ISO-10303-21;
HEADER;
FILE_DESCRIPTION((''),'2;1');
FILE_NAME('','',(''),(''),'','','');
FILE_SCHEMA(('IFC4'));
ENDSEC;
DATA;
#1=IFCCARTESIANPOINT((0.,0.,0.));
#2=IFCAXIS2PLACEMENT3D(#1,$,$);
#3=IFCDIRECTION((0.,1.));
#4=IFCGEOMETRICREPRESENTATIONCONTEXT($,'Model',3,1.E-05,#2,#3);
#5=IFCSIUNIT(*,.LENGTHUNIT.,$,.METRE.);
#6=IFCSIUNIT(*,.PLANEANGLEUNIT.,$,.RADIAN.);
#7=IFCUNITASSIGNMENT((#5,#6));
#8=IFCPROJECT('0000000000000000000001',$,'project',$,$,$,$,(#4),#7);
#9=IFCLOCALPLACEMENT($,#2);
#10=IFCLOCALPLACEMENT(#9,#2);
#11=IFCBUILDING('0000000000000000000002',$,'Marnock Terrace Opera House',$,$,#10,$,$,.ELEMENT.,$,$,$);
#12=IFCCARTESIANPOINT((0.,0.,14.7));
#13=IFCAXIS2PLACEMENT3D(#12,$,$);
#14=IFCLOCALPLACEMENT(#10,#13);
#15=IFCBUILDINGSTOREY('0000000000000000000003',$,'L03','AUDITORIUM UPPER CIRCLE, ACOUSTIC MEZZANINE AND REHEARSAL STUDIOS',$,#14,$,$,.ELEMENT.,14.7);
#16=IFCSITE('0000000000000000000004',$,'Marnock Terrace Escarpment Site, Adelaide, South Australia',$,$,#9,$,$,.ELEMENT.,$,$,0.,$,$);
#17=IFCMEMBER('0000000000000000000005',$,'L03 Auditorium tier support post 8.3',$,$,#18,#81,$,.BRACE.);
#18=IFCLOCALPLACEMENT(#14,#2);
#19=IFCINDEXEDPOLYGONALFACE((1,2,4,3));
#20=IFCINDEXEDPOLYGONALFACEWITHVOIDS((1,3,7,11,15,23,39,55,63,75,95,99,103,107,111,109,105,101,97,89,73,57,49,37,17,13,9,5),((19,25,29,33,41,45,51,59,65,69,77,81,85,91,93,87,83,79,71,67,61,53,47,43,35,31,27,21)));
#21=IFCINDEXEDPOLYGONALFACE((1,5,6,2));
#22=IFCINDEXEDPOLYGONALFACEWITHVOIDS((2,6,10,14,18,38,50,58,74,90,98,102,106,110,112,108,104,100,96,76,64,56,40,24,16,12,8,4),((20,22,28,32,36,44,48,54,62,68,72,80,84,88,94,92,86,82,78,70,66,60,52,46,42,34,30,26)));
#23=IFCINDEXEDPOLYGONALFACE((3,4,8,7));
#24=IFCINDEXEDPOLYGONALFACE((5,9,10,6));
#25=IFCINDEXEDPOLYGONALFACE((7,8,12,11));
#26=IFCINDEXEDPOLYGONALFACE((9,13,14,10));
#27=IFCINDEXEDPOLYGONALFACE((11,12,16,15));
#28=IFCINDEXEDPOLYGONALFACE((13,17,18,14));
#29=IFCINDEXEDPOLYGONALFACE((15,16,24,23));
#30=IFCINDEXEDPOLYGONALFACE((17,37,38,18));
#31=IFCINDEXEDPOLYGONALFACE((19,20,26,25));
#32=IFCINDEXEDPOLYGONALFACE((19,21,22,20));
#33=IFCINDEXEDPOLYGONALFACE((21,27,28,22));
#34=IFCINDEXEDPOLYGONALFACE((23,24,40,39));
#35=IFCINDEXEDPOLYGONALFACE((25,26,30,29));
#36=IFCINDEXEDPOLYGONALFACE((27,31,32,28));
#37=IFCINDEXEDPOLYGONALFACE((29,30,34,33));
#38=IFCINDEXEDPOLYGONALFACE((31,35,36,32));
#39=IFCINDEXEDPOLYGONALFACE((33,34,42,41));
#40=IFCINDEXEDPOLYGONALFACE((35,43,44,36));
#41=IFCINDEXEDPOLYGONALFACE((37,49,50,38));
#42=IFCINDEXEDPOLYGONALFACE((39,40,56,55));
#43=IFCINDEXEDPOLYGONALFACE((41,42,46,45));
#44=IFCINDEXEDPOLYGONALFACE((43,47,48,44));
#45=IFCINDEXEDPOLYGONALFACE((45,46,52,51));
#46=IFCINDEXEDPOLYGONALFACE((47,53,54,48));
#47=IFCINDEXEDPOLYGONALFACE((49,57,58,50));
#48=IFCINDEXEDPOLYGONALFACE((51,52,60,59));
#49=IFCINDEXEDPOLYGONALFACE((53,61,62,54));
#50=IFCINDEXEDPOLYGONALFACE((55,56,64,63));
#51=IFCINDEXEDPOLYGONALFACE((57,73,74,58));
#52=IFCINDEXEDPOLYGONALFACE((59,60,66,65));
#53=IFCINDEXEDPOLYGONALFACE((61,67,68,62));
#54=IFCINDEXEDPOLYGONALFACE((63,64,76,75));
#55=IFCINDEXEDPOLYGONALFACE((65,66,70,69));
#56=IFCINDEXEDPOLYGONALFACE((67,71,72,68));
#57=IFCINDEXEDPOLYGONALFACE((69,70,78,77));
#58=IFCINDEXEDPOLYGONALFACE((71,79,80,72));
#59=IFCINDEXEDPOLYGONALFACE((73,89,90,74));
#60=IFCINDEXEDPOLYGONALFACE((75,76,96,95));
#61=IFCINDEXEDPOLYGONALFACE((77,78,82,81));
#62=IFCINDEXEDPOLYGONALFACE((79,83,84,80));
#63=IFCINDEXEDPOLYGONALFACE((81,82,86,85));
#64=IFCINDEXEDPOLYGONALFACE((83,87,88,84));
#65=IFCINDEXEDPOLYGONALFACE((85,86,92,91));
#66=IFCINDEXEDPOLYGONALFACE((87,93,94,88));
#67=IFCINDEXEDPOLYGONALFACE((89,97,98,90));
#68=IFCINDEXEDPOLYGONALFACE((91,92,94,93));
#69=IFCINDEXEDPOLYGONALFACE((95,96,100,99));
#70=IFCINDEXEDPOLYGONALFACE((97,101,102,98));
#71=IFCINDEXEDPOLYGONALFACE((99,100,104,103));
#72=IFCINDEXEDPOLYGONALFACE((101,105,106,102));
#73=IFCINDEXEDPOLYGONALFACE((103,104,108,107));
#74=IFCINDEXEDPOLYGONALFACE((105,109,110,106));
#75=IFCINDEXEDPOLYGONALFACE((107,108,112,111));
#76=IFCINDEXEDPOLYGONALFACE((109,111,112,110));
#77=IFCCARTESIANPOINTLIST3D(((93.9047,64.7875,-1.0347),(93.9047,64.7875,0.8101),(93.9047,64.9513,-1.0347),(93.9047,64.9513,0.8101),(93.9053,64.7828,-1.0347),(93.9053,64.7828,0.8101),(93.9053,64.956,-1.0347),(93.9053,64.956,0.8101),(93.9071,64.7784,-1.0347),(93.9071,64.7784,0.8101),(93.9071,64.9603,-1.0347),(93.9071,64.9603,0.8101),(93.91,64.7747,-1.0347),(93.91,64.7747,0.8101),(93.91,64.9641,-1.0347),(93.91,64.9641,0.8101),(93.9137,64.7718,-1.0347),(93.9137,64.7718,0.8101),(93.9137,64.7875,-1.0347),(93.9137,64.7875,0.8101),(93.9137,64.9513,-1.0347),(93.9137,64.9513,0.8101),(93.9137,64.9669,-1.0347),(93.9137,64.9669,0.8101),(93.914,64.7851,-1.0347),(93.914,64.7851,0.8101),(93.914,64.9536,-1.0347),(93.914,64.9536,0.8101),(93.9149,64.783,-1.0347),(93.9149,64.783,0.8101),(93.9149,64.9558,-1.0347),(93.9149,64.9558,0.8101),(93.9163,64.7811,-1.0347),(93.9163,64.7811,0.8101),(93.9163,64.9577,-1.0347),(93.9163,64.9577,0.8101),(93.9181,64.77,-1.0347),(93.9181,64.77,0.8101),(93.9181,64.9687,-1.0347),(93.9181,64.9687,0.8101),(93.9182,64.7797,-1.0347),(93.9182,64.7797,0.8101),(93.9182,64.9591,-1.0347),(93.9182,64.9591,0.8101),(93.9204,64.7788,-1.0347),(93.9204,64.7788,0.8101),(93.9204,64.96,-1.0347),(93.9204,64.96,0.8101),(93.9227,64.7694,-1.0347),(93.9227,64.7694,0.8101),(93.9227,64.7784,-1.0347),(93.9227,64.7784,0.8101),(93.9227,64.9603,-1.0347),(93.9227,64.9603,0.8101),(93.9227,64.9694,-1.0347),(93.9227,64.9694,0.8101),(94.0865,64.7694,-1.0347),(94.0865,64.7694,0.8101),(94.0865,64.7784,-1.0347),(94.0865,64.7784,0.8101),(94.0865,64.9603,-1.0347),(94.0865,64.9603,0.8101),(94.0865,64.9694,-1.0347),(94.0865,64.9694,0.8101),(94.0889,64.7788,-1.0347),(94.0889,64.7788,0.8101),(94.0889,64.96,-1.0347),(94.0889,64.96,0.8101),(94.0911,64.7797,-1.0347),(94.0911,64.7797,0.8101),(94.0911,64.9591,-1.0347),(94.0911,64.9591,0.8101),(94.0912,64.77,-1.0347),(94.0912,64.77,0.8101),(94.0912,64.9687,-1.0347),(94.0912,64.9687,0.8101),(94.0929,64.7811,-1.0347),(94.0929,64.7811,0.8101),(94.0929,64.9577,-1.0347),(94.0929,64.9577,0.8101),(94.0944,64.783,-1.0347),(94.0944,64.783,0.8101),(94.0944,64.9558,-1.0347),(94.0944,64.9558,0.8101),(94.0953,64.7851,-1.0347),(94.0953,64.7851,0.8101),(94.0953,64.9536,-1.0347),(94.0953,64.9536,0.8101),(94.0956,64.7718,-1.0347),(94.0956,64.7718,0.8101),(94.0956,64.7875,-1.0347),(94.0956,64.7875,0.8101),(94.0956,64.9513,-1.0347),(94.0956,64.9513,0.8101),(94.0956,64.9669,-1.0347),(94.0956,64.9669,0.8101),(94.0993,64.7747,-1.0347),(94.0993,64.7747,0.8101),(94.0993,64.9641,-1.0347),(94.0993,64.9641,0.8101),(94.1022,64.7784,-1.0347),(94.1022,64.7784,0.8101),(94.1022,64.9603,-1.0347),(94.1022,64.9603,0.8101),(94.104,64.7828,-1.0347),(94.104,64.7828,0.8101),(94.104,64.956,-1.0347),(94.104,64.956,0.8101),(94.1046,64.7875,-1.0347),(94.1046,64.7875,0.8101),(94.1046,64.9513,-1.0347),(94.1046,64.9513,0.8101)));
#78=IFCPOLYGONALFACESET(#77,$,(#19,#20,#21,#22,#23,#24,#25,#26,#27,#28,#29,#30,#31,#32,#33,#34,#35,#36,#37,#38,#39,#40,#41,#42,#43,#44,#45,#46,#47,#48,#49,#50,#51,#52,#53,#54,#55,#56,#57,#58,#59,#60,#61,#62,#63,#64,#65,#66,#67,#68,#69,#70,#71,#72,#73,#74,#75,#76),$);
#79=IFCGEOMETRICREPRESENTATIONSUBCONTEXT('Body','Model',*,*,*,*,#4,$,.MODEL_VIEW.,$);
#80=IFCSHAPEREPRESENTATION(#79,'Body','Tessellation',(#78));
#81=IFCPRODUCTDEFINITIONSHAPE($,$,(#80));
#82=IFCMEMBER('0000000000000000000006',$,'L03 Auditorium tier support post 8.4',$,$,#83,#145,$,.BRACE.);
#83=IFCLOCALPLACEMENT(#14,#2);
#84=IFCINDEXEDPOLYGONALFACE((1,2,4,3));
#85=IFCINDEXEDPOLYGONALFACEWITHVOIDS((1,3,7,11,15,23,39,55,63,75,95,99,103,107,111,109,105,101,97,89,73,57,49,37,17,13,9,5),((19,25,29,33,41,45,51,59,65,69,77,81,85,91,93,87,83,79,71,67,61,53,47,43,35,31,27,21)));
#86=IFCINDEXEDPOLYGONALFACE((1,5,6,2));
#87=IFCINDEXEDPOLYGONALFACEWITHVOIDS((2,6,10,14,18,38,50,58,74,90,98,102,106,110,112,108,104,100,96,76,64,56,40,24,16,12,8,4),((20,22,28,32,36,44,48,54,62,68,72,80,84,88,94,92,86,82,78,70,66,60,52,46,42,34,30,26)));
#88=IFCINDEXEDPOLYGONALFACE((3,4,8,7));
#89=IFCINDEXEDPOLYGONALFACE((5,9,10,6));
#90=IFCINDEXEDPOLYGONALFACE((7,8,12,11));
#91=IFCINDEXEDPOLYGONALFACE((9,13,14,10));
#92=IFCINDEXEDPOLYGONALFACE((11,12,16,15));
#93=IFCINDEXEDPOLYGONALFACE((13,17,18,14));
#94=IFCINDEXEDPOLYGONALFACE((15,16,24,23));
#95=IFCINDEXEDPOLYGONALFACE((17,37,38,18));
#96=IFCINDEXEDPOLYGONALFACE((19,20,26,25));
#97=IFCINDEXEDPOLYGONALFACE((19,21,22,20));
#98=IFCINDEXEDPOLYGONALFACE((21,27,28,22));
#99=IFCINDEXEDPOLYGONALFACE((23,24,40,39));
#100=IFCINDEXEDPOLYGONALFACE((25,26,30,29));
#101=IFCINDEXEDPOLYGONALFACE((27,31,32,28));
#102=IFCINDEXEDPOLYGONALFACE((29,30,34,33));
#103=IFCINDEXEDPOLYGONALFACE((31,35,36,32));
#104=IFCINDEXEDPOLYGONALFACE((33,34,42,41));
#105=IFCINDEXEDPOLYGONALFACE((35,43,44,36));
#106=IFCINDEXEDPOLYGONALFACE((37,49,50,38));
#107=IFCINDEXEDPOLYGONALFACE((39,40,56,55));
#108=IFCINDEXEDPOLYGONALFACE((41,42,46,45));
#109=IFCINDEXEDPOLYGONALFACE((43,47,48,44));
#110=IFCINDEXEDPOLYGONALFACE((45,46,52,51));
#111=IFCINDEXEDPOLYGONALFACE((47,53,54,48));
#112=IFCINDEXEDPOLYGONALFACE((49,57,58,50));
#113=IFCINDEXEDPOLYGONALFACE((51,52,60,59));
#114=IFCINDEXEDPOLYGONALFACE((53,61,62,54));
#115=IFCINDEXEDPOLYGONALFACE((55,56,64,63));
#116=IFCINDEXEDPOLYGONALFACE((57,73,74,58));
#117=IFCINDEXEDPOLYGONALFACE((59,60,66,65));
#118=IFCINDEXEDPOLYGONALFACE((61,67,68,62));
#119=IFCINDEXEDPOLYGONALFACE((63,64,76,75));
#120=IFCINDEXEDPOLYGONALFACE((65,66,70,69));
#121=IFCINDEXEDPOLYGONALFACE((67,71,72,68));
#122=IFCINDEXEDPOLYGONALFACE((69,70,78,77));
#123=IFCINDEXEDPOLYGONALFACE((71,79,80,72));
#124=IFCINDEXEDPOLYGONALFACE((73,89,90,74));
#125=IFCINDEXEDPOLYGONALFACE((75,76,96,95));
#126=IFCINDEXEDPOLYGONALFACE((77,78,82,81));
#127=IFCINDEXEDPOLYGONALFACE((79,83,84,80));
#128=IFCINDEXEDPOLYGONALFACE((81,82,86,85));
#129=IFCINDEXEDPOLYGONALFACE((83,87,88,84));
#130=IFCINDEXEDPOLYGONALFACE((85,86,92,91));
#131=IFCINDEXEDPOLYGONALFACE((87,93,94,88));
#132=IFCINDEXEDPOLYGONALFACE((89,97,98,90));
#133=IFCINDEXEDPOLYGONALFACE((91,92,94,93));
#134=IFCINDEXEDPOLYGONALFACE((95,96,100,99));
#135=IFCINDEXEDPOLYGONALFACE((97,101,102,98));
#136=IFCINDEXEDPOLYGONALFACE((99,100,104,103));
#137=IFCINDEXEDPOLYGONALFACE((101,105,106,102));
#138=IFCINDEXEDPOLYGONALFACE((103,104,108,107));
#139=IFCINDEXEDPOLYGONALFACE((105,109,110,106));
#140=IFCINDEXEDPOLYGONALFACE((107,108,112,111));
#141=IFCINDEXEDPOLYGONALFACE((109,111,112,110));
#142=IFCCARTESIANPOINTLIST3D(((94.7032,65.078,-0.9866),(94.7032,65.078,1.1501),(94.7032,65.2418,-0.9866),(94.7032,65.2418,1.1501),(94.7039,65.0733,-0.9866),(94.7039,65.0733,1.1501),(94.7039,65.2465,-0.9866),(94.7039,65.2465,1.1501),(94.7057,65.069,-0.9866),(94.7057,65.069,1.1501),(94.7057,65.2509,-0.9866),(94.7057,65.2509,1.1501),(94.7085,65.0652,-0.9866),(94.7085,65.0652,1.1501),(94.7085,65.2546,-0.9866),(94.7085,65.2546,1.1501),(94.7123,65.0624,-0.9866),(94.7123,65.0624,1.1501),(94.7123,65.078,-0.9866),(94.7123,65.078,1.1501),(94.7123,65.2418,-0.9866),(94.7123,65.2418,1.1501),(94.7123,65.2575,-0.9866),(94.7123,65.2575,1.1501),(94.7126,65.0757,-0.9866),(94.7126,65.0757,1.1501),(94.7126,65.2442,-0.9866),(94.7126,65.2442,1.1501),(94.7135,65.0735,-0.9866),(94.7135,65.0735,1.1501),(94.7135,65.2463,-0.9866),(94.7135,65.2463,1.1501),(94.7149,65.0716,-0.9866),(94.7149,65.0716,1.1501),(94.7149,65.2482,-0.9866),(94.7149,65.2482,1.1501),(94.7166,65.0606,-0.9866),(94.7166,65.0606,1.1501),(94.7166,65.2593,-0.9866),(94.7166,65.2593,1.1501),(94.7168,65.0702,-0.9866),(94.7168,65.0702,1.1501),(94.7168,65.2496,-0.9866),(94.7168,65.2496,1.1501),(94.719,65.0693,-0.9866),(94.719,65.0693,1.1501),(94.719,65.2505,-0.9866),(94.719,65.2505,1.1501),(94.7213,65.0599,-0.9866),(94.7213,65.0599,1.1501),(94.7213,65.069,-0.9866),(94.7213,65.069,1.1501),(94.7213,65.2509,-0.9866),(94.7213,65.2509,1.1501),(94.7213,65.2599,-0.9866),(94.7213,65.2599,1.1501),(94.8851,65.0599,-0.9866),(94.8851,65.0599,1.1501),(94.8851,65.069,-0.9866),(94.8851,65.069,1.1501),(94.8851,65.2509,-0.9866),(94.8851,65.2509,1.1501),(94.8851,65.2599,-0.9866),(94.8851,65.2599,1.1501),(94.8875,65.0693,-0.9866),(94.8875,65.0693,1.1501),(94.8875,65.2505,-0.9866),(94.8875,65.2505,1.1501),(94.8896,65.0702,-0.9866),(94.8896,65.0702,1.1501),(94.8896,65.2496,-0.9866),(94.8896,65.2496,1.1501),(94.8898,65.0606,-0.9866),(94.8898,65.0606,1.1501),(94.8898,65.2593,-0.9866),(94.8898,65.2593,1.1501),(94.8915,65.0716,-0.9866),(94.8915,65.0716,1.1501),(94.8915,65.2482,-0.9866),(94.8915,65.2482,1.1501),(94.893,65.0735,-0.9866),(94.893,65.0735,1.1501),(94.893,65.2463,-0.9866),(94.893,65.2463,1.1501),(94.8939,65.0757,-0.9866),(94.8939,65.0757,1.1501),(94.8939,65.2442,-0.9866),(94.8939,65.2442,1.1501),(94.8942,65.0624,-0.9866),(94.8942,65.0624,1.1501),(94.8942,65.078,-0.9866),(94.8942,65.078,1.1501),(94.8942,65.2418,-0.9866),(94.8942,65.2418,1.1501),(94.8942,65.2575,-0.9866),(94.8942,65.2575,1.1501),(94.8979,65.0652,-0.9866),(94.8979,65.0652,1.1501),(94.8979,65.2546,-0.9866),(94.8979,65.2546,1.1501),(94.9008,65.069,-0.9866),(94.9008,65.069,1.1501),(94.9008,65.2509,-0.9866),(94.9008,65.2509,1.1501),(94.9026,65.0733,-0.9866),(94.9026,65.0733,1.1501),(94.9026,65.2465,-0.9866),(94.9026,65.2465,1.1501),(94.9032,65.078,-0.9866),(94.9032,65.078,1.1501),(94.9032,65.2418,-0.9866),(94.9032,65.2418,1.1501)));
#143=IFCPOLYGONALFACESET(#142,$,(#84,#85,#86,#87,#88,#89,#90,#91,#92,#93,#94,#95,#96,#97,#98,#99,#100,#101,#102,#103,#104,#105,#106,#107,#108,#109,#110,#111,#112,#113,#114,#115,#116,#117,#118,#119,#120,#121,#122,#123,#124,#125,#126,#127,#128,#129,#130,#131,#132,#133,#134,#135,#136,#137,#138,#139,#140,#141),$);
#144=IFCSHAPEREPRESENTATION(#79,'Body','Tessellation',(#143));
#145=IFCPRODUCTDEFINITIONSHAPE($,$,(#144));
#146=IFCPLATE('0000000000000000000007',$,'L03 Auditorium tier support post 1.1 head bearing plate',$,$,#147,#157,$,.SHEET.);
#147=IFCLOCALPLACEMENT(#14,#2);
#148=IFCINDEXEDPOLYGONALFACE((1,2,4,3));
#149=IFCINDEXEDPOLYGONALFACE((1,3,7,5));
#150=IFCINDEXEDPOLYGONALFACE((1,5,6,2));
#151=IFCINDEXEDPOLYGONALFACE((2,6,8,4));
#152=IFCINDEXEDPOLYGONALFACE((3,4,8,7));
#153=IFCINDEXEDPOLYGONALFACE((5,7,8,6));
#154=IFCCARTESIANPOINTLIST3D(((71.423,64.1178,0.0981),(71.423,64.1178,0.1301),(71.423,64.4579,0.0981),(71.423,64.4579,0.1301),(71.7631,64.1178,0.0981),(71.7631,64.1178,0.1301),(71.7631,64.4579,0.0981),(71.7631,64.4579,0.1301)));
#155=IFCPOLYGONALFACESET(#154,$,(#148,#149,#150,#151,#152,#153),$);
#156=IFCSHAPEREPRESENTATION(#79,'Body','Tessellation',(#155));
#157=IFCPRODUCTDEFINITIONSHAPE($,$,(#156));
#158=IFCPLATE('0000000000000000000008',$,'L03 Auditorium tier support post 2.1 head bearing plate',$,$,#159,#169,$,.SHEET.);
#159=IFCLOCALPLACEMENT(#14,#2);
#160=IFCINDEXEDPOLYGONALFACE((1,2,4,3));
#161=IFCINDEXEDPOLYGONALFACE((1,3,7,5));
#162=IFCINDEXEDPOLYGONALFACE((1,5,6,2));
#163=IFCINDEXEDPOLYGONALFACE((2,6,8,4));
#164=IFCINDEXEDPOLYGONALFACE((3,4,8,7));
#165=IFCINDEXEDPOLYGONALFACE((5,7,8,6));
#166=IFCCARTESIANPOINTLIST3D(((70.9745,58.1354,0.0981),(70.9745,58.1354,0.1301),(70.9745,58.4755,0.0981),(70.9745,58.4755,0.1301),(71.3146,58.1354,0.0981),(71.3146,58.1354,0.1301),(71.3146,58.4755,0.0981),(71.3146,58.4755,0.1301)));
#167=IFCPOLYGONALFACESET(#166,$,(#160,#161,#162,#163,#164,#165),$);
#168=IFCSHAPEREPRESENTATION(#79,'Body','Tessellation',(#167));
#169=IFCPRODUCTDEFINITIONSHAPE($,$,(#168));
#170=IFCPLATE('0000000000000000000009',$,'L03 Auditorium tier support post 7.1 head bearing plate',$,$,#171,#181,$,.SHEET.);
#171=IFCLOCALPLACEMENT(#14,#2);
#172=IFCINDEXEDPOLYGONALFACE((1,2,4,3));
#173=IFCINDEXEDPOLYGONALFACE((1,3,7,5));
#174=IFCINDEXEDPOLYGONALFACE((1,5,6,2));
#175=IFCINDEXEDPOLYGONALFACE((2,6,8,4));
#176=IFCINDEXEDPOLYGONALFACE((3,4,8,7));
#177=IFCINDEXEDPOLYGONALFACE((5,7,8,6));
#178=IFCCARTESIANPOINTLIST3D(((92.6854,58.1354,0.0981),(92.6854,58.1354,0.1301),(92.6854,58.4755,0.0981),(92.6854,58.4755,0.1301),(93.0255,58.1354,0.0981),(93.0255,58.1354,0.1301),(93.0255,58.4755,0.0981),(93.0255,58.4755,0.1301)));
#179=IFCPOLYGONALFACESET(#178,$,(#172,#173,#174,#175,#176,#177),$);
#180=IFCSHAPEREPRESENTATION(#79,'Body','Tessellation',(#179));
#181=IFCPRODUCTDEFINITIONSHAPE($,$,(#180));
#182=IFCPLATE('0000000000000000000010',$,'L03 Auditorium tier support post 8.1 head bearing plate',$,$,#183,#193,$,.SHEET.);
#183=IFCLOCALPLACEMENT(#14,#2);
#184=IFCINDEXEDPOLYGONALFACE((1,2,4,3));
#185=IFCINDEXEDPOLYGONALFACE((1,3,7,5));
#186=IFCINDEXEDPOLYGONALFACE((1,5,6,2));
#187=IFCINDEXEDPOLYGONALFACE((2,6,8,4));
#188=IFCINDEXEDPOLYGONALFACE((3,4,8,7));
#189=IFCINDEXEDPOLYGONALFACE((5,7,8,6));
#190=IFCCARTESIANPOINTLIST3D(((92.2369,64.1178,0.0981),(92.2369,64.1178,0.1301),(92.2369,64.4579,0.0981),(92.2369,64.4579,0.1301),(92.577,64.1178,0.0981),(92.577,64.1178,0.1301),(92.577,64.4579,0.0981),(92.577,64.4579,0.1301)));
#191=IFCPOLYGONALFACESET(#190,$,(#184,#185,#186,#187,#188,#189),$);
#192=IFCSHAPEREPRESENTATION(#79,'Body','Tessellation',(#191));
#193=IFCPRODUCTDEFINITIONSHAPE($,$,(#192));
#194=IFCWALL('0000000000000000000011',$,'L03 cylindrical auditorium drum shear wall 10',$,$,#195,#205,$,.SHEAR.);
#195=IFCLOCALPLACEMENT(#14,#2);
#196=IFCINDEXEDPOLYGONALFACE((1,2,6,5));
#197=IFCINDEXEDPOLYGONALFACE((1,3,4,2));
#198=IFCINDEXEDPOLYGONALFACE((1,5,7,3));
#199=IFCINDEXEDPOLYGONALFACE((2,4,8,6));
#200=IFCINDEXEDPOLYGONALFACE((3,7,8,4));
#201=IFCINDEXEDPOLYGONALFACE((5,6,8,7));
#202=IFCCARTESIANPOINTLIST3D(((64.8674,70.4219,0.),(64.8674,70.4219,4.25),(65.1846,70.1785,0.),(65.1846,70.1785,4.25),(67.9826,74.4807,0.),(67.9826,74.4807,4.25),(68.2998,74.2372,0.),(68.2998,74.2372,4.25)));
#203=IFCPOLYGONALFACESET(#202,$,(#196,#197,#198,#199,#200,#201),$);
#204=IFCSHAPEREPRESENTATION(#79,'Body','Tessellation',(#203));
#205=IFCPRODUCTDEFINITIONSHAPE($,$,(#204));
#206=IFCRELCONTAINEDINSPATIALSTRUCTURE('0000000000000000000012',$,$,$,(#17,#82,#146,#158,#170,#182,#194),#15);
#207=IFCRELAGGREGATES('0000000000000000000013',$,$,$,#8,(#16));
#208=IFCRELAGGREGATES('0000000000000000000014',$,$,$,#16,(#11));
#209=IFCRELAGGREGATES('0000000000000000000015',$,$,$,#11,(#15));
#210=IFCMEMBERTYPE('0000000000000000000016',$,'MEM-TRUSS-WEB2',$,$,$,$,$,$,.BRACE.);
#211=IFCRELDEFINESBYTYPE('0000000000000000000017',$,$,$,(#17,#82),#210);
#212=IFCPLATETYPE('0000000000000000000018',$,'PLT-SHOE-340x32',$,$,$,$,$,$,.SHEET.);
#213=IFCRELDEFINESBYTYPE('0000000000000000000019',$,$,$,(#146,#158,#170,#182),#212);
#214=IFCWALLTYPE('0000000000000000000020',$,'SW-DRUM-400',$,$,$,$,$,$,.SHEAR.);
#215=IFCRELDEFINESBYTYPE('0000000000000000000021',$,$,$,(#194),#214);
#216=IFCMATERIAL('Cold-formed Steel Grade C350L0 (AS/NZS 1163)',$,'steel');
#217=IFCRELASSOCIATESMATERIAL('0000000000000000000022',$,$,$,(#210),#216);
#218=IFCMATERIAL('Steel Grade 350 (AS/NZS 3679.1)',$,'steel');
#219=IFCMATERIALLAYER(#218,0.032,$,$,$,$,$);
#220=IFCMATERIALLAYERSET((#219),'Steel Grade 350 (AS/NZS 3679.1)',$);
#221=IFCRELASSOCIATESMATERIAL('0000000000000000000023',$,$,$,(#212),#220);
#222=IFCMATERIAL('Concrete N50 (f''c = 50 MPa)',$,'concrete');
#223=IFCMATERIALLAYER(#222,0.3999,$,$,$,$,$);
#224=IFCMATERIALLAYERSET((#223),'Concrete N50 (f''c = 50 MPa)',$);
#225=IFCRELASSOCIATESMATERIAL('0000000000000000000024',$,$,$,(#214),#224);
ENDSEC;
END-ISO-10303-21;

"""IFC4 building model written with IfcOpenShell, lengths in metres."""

from ifc_helpers import new_model, si_unit, direction, frame, frame_2d, origin, origin_2d, place, context, subcontext, project, spatial, rectangle, hollow_rectangle, extrude, material, layer, layer_set, material_profile, profile_set, type_object, element, save


model = new_model("IFC4")

# Units and contexts
model_context = context("Model", 3, precision=1e-05, world=origin(), true_north=direction((0.0, 1.0)))
body_context = subcontext(model_context, "Body", "Model", "MODEL_VIEW")
ifc_project = project(units=[si_unit("LENGTHUNIT", "METRE"), si_unit("PLANEANGLEUNIT", "RADIAN")], contexts=[model_context])

# Site, building, storey
site_placement = place(None, origin())
site = spatial("IfcSite", under=ifc_project, at=site_placement, Name="Marnock Terrace Escarpment Site, Adelaide, South Australia", CompositionType="ELEMENT", RefElevation=0.0)
building_placement = place(site_placement, origin())
building = spatial("IfcBuilding", under=site, at=building_placement, Name="Marnock Terrace Opera House", CompositionType="ELEMENT")
storey_placement = place(building_placement, frame((0.0, 0.0, 14.7)))
storey = spatial("IfcBuildingStorey", under=building, at=storey_placement, Name="L03", Description="AUDITORIUM UPPER CIRCLE, ACOUSTIC MEZZANINE AND REHEARSAL STUDIOS", CompositionType="ELEMENT", Elevation=14.7)

# Shared definitions
ifc_material_1 = material(Name="Concrete N50 (f'c = 50 MPa)", Category="concrete")
ifc_material_2 = material(Name="Steel Grade 350 (AS/NZS 3679.1)", Category="steel")

# Members
ifc_material_3 = material(Name="Cold-formed Steel Grade C350L0 (AS/NZS 1163)", Category="steel")
ifc_material_profile_1 = material_profile(ifc_material_3, hollow_rectangle(XDim=0.2, YDim=0.2, WallThickness=0.009, InnerFilletRadius=0.009, OuterFilletRadius=0.0181, at=origin_2d()))
ifc_profile_set_1 = profile_set([ifc_material_profile_1], Name="Cold-formed Steel Grade C350L0 (AS/NZS 1163)")
member_type = type_object("IfcMemberType", Name="MEM-TRUSS-WEB2", PredefinedType="BRACE", material=ifc_profile_set_1)
member_1_placement = place(storey_placement, frame((94.0046, 64.8694, -1.0347), z_axis=(0.0, 0.0, 1.0), x_axis=(1.0, 0.0, 0.0)))
element("IfcMember", 1, at=member_1_placement, inside=storey, type_object=member_type, Name="L03 Auditorium tier support post 8.3", PredefinedType="BRACE", context=body_context, shape_type="SweptSolid", body=[
    extrude(hollow_rectangle(XDim=0.2, YDim=0.2, WallThickness=0.009, InnerFilletRadius=0.009, OuterFilletRadius=0.0181, at=origin_2d()), origin(), (0.0, 0.0, 1.0), 1.8447),
])
member_2_placement = place(storey_placement, frame((94.8032, 65.1599, -0.9866), z_axis=(0.0, 0.0, 1.0), x_axis=(1.0, 0.0, 0.0)))
element("IfcMember", 2, at=member_2_placement, inside=storey, type_object=member_type, Name="L03 Auditorium tier support post 8.4", PredefinedType="BRACE", context=body_context, shape_type="SweptSolid", body=[
    extrude(hollow_rectangle(XDim=0.2, YDim=0.2, WallThickness=0.009, InnerFilletRadius=0.009, OuterFilletRadius=0.0181, at=origin_2d()), origin(), (0.0, 0.0, 1.0), 2.1367),
])

# Plates
ifc_layer_1 = layer(ifc_material_2, 0.032)
ifc_layer_set_1 = layer_set([ifc_layer_1], Name="Steel Grade 350 (AS/NZS 3679.1)")
plate_type = type_object("IfcPlateType", Name="PLT-SHOE-340x32", PredefinedType="SHEET", material=ifc_layer_set_1)
for number, where, z_axis, x_axis, name in (
    (3, (71.593, 64.2878, 0.0981), (0.0, 0.0, 1.0), (1.0, 0.0, 0.0), "L03 Auditorium tier support post 1.1 head bearing plate"),
    (4, (71.1445, 58.3054, 0.0981), (0.0, 0.0, 1.0), (1.0, 0.0, 0.0), "L03 Auditorium tier support post 2.1 head bearing plate"),
    (5, (92.8555, 58.3054, 0.0981), (0.0, 0.0, 1.0), (1.0, 0.0, 0.0), "L03 Auditorium tier support post 7.1 head bearing plate"),
    (6, (92.407, 64.2878, 0.0981), (0.0, 0.0, 1.0), (1.0, 0.0, 0.0), "L03 Auditorium tier support post 8.1 head bearing plate"),
):
    element("IfcPlate", number, at=place(storey_placement, frame(where, z_axis=z_axis, x_axis=x_axis)), inside=storey, type_object=plate_type, Name=name, PredefinedType="SHEET", context=body_context, shape_type="SweptSolid", body=[
        extrude(rectangle(XDim=0.3401, YDim=0.3401, at=origin_2d()), origin(), (0.0, 0.0, 1.0), 0.032),
    ])

# Wall
ifc_layer_2 = layer(ifc_material_1, 0.3999)
ifc_layer_set_2 = layer_set([ifc_layer_2], Name="Concrete N50 (f'c = 50 MPa)")
wall_type = type_object("IfcWallType", Name="SW-DRUM-400", PredefinedType="SHEAR", material=ifc_layer_set_2)
for number, where, z_axis, x_axis, name in (
    (7, (68.1411, 74.3589, 0.0), (0.0, 0.0, 1.0), (-0.608857, -0.79328, 0.0), "L03 cylindrical auditorium drum shear wall 10"),
):
    element("IfcWall", number, at=place(storey_placement, frame(where, z_axis=z_axis, x_axis=x_axis)), inside=storey, type_object=wall_type, Name=name, PredefinedType="SHEAR", context=body_context, shape_type="SweptSolid", body=[
        extrude(rectangle(XDim=5.1165, YDim=0.3999, at=frame_2d((2.5581, 0.0))), origin(), (0.0, 0.0, 1.0), 4.25),
    ])

save(model, "model.ifc")
